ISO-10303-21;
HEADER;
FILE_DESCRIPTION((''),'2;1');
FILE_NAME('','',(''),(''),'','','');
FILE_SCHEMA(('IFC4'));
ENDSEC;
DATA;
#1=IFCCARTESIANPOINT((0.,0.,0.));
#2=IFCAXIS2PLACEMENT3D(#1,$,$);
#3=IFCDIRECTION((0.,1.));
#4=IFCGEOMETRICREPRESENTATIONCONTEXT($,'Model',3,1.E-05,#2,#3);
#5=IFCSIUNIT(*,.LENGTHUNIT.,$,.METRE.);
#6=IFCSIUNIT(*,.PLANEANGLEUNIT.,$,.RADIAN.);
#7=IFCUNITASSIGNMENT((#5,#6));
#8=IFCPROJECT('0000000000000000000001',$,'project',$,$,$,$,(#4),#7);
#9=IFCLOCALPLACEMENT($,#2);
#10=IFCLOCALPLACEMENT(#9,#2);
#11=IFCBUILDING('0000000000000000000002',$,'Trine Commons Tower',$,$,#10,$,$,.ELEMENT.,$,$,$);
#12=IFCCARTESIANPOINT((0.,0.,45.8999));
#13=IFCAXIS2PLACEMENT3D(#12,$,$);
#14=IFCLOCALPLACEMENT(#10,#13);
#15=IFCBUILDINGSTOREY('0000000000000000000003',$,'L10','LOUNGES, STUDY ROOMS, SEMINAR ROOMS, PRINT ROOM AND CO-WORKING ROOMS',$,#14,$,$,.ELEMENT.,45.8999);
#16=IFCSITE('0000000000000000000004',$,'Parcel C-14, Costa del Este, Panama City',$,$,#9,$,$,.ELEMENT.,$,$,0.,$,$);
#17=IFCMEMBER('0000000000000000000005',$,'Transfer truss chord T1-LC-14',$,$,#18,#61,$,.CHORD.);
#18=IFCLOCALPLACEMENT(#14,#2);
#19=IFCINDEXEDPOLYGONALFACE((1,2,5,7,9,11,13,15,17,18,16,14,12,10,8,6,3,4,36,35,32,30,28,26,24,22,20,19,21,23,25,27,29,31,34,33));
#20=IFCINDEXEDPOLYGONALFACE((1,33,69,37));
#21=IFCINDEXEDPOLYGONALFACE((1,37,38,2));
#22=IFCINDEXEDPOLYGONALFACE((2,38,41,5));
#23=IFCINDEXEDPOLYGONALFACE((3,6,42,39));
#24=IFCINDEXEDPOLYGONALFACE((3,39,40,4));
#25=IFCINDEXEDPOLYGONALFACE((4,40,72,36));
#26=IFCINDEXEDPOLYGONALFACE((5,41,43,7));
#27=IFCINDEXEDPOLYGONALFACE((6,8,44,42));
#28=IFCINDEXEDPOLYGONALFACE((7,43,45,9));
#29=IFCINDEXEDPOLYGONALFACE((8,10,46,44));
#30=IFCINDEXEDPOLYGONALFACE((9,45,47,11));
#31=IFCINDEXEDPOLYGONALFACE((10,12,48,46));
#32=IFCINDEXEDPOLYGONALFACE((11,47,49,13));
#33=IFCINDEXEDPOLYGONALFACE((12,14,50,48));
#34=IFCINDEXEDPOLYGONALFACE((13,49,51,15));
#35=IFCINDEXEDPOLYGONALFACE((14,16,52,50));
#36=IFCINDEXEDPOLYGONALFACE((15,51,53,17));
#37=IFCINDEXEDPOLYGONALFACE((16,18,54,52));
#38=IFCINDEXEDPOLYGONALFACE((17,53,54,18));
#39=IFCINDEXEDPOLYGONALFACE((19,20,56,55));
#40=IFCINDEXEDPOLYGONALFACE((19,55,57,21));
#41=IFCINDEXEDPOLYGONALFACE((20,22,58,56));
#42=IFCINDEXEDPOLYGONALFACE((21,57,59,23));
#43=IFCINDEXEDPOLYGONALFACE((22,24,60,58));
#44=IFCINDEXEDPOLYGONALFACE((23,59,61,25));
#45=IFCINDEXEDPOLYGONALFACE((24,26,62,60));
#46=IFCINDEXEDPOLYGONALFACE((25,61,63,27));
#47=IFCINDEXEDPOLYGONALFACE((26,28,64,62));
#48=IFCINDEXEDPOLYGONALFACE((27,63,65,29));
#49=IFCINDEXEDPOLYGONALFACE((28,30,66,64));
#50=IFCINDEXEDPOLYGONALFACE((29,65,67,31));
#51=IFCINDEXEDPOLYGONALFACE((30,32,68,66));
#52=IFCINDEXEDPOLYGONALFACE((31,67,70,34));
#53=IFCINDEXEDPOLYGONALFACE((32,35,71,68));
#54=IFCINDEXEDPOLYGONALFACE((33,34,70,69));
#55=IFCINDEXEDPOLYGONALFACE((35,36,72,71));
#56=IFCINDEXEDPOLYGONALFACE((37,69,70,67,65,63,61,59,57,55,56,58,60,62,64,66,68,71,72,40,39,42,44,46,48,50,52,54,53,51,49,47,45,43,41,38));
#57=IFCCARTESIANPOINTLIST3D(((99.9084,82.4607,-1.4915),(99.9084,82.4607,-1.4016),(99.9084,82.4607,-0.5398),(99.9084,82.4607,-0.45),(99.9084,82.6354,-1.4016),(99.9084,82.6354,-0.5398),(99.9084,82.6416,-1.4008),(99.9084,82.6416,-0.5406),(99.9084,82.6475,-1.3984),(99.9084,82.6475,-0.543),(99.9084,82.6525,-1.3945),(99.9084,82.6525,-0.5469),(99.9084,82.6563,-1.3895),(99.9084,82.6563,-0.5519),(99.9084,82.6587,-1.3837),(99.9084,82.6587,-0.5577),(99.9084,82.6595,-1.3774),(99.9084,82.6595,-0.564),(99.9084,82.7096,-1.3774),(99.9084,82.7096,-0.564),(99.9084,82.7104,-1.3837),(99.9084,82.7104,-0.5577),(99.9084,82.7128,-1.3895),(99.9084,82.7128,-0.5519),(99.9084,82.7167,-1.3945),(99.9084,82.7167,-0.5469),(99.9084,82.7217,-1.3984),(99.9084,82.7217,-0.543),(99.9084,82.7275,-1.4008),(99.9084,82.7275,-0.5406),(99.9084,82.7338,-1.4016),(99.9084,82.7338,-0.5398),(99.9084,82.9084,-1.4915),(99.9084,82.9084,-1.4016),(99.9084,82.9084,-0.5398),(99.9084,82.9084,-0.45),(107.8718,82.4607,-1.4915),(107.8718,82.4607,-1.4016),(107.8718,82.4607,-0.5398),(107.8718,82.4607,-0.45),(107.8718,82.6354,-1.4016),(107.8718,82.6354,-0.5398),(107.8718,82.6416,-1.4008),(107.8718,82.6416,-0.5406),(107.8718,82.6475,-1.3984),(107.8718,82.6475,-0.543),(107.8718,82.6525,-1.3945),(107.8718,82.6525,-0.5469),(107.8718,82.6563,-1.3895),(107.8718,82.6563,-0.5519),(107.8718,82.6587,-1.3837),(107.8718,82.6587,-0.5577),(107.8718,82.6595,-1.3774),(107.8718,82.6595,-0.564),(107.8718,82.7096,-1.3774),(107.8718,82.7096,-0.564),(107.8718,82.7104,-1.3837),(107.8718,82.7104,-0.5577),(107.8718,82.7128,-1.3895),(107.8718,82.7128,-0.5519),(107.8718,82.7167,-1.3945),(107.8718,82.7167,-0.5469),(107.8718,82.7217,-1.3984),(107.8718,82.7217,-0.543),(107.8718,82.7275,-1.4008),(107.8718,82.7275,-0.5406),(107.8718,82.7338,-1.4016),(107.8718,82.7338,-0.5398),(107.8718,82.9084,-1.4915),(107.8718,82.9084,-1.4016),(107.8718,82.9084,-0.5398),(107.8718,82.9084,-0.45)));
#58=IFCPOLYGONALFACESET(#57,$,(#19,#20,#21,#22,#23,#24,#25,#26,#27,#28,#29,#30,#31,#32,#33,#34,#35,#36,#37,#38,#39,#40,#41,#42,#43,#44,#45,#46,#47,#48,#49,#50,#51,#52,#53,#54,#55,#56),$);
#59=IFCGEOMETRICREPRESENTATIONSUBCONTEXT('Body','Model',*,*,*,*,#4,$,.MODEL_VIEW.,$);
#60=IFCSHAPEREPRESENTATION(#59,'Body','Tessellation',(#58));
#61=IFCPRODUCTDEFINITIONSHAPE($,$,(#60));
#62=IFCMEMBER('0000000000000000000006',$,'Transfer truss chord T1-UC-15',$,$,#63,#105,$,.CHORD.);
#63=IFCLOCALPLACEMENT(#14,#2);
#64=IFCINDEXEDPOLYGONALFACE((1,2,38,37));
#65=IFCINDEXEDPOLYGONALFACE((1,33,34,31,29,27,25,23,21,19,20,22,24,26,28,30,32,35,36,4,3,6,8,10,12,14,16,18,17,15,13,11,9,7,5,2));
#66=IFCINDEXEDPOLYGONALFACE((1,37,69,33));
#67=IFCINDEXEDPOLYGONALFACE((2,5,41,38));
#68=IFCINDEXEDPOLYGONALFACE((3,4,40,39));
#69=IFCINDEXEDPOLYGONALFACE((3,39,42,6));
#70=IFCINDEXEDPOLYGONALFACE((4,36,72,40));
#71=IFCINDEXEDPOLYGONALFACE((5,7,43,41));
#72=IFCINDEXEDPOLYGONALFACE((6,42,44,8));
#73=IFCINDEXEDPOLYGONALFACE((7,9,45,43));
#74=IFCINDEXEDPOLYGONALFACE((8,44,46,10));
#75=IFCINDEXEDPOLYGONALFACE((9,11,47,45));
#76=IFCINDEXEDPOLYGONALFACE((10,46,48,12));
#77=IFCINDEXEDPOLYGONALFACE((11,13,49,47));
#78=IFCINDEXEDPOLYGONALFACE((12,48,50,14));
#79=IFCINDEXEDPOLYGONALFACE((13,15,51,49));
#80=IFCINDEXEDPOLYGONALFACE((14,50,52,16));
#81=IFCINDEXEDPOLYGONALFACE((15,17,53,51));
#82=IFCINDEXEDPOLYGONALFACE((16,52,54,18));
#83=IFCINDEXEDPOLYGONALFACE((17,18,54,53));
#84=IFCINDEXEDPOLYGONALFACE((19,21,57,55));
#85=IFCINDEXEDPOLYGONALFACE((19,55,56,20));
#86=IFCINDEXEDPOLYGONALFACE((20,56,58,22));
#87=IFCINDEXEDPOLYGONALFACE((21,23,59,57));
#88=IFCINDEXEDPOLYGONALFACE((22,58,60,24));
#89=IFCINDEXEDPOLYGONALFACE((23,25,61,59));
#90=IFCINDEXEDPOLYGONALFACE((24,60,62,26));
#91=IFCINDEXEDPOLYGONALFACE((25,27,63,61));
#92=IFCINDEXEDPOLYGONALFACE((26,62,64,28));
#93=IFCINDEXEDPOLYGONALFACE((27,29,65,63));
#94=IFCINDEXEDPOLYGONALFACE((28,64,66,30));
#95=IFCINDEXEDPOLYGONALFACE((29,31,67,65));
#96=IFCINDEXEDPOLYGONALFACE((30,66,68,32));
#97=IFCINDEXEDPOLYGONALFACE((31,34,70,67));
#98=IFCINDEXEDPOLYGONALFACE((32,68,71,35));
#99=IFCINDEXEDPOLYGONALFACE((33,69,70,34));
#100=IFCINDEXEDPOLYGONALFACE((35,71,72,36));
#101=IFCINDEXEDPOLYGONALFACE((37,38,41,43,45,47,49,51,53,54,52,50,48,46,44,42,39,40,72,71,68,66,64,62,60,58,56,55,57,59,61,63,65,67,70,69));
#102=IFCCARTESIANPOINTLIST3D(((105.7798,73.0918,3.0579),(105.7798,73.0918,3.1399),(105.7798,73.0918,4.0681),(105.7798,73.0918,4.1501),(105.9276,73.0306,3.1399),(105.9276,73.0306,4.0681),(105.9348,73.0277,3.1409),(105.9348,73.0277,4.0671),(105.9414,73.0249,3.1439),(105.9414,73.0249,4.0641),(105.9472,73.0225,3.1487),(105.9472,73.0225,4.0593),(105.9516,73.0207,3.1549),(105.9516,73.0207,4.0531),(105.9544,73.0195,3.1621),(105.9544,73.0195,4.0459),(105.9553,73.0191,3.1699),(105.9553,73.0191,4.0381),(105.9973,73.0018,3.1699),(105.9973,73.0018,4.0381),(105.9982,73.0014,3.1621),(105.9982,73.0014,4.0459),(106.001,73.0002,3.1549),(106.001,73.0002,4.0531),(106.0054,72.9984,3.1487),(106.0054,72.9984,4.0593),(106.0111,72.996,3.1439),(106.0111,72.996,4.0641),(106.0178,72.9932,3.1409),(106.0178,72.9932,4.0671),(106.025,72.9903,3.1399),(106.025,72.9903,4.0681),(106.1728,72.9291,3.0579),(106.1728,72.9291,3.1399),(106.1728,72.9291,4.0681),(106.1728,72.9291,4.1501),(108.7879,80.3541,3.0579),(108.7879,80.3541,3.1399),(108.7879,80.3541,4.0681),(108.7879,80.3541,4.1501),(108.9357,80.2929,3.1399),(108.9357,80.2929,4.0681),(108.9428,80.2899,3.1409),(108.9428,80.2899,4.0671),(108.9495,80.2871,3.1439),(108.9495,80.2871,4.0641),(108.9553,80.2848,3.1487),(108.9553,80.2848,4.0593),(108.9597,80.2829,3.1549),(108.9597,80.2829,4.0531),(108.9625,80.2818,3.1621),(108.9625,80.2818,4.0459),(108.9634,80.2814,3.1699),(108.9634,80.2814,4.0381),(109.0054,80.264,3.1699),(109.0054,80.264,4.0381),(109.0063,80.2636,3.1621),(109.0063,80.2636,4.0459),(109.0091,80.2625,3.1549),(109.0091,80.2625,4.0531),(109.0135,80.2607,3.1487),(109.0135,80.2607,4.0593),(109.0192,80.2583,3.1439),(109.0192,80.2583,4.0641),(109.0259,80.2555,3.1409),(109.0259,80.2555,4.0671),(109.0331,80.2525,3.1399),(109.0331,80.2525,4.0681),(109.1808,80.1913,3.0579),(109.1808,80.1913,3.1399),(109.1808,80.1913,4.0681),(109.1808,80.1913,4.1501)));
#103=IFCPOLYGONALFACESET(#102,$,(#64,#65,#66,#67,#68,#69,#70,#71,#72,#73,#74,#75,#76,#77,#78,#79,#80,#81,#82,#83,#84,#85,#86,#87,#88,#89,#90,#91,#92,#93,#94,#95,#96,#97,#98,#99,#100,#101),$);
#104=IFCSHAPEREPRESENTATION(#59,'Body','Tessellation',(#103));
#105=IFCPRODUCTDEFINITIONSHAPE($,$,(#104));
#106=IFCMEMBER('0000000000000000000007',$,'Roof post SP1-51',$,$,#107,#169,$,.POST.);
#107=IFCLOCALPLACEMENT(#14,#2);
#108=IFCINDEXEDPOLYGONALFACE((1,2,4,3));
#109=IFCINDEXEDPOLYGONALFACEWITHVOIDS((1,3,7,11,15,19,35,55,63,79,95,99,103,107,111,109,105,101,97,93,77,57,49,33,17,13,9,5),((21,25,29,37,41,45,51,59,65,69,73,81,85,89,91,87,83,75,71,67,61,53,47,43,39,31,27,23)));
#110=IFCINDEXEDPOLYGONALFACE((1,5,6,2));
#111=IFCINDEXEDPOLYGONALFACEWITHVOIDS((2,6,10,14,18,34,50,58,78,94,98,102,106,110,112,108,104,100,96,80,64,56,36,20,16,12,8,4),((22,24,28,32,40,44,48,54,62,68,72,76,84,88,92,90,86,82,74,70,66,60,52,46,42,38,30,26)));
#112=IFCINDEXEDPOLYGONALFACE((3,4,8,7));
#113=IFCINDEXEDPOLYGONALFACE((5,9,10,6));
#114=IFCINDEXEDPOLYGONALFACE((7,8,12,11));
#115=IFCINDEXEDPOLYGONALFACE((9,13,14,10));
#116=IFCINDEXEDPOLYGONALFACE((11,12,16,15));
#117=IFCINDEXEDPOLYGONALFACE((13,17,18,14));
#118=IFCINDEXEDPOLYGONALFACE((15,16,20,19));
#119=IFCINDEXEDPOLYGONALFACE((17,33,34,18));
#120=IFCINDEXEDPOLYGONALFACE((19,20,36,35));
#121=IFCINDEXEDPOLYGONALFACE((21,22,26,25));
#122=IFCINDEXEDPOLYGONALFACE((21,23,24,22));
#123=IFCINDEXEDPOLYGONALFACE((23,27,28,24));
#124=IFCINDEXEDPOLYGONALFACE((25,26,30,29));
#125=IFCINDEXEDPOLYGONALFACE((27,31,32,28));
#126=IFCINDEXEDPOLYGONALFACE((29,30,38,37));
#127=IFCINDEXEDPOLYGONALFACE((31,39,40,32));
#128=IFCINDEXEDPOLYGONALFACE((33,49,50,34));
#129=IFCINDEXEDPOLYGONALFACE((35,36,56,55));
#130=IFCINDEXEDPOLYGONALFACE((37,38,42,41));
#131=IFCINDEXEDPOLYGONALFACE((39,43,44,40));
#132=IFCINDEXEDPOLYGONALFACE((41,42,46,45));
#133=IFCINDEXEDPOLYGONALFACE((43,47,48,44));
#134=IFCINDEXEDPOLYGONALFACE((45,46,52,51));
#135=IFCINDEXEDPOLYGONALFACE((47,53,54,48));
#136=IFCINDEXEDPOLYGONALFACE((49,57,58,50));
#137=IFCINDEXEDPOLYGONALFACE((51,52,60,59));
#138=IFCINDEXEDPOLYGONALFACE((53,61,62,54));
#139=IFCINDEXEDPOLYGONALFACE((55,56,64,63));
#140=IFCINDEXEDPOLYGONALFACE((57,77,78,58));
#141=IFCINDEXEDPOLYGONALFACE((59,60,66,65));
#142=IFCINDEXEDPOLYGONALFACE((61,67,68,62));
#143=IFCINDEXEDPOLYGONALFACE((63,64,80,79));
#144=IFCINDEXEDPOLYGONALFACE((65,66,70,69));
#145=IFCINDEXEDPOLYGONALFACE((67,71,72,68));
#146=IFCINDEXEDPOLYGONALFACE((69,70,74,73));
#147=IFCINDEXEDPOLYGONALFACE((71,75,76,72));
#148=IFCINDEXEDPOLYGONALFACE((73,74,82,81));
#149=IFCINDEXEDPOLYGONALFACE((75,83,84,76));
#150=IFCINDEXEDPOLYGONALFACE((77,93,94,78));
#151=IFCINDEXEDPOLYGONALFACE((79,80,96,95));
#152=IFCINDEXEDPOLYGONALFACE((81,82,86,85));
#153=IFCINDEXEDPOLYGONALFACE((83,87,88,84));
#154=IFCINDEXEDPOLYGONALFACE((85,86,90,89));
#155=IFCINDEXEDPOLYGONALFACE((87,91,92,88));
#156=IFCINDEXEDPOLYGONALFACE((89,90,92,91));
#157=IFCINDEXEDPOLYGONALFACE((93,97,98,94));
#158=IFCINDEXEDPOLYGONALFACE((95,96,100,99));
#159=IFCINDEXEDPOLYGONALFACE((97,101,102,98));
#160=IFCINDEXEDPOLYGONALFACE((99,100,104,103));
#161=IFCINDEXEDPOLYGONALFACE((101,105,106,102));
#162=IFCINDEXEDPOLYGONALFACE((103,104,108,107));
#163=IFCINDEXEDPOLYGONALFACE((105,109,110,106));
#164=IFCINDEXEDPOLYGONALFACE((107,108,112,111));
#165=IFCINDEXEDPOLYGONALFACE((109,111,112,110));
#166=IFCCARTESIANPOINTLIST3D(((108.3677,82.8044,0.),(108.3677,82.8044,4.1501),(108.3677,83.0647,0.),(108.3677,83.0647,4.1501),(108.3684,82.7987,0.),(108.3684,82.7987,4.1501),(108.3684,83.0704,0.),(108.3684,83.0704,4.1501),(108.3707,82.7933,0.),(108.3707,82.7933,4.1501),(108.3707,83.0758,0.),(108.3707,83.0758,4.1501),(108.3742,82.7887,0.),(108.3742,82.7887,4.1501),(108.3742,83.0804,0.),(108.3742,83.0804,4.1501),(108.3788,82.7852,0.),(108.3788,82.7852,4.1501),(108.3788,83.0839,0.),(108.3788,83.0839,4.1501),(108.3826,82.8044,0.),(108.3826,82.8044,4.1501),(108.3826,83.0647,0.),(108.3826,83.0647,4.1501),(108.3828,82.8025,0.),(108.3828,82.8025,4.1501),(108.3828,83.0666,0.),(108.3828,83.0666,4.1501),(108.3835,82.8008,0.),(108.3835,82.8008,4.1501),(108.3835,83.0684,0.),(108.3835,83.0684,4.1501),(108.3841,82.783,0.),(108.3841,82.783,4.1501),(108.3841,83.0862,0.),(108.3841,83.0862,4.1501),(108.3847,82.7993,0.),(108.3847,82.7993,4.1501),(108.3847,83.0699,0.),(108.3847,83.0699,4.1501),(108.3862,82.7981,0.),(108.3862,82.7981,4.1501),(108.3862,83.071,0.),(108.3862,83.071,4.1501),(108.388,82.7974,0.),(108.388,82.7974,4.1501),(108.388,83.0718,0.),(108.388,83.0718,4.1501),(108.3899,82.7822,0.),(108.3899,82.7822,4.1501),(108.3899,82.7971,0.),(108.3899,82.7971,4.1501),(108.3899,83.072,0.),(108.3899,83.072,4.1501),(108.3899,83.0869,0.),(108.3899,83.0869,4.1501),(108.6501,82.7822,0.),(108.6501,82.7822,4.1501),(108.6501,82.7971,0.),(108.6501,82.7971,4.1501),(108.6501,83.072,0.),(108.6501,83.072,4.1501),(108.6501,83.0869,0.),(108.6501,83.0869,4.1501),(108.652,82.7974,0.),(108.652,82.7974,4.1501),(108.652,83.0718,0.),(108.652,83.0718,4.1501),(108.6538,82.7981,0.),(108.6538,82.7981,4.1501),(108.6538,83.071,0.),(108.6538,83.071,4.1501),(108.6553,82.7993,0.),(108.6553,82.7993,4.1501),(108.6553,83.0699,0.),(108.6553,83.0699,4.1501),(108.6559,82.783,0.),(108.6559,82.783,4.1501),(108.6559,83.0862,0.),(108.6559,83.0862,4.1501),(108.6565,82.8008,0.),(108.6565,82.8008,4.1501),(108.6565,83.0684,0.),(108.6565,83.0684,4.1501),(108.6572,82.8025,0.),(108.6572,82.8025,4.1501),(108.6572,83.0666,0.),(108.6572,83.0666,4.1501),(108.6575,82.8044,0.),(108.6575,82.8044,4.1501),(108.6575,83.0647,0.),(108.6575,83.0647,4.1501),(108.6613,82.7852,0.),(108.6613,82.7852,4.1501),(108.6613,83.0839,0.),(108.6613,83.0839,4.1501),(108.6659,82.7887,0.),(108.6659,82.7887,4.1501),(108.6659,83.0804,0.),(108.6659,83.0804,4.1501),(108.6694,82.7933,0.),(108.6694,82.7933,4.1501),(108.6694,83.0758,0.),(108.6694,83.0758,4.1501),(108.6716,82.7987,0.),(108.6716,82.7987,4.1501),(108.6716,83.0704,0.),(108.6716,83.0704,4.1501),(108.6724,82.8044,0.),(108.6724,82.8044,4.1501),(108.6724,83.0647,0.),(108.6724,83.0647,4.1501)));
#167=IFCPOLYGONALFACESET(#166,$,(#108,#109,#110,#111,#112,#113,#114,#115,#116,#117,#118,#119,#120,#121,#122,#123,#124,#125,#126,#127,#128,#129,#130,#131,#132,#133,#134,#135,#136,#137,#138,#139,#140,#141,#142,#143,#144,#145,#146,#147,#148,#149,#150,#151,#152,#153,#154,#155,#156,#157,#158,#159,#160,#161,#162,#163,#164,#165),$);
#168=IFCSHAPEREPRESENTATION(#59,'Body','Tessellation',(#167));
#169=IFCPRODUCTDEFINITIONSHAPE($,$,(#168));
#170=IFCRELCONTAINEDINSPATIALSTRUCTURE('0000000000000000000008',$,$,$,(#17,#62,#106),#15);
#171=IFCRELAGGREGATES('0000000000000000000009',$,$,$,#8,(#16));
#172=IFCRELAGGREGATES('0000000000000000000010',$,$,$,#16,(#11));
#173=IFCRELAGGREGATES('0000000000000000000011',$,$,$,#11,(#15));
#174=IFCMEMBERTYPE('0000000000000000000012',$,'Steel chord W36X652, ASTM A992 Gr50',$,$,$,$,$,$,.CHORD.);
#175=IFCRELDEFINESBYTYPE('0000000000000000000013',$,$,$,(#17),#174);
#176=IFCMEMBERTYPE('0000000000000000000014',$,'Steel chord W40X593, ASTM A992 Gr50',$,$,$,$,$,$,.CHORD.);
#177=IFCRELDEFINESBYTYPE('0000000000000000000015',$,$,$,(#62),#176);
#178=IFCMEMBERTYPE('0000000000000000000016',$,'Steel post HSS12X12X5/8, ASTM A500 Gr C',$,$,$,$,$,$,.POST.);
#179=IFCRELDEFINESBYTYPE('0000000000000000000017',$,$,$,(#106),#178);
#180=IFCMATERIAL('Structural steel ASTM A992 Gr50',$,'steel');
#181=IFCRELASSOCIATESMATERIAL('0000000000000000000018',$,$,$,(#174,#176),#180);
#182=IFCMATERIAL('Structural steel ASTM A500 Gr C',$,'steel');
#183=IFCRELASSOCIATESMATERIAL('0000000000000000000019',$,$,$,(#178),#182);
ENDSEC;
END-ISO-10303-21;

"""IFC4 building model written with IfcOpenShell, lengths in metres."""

from ifc_helpers import new_model, si_unit, direction, frame, origin, origin_2d, place, context, subcontext, project, spatial, hollow_rectangle, i_section, extrude, material, material_profile, profile_set, type_object, element, save


model = new_model("IFC4")

# Units and contexts
model_context = context("Model", 3, precision=1e-05, world=origin(), true_north=direction((0.0, 1.0)))
body_context = subcontext(model_context, "Body", "Model", "MODEL_VIEW")
ifc_project = project(units=[si_unit("LENGTHUNIT", "METRE"), si_unit("PLANEANGLEUNIT", "RADIAN")], contexts=[model_context])

# Site, building, storey
site_placement = place(None, origin())
site = spatial("IfcSite", under=ifc_project, at=site_placement, Name="Parcel C-14, Costa del Este, Panama City", CompositionType="ELEMENT", RefElevation=0.0)
building_placement = place(site_placement, origin())
building = spatial("IfcBuilding", under=site, at=building_placement, Name="Trine Commons Tower", CompositionType="ELEMENT")
storey_placement = place(building_placement, frame((0.0, 0.0, 45.8999)))
storey = spatial("IfcBuildingStorey", under=building, at=storey_placement, Name="L10", Description="LOUNGES, STUDY ROOMS, SEMINAR ROOMS, PRINT ROOM AND CO-WORKING ROOMS", CompositionType="ELEMENT", Elevation=45.8999)

# Shared definitions
ifc_material_1 = material(Name="Structural steel ASTM A992 Gr50", Category="steel")

# Members
ifc_material_profile_1 = material_profile(ifc_material_1, i_section(OverallWidth=0.4478, OverallDepth=1.0415, WebThickness=0.05, FlangeThickness=0.0898, FilletRadius=0.0242, at=origin_2d()), Name="W36X652")
ifc_profile_set_1 = profile_set([ifc_material_profile_1], Name="Structural steel ASTM A992 Gr50")
member_type_1 = type_object("IfcMemberType", Name="Steel chord W36X652, ASTM A992 Gr50", PredefinedType="CHORD", material=ifc_profile_set_1)
member_1_placement = place(storey_placement, frame((99.9084, 82.6846, -0.9707), z_axis=(1.0, 0.0, 0.0), x_axis=(0.0, 1.0, 0.0)))
element("IfcMember", 1, at=member_1_placement, inside=storey, type_object=member_type_1, Name="Transfer truss chord T1-LC-14", PredefinedType="CHORD", context=body_context, shape_type="SweptSolid", body=[
    extrude(i_section(OverallWidth=0.4478, OverallDepth=1.0415, WebThickness=0.05, FlangeThickness=0.0898, FilletRadius=0.0242, at=origin_2d()), origin(), (0.0, 0.0, 1.0), 7.9634),
])
ifc_material_profile_2 = material_profile(ifc_material_1, i_section(OverallWidth=0.4253, OverallDepth=1.0923, WebThickness=0.0454, FlangeThickness=0.082, FilletRadius=0.03, at=origin_2d()), Name="W40X593")
ifc_profile_set_2 = profile_set([ifc_material_profile_2], Name="Structural steel ASTM A992 Gr50")
member_type_2 = type_object("IfcMemberType", Name="Steel chord W40X593, ASTM A992 Gr50", PredefinedType="CHORD", material=ifc_profile_set_2)
member_2_placement = place(storey_placement, frame((108.9844, 80.2727, 3.604), z_axis=(-0.382678, -0.923882, 0.0), x_axis=(0.923882, -0.382678, 0.0)))
element("IfcMember", 2, at=member_2_placement, inside=storey, type_object=member_type_2, Name="Transfer truss chord T1-UC-15", PredefinedType="CHORD", context=body_context, shape_type="SweptSolid", body=[
    extrude(i_section(OverallWidth=0.4253, OverallDepth=1.0923, WebThickness=0.0454, FlangeThickness=0.082, FilletRadius=0.03, at=origin_2d()), origin(), (0.0, 0.0, 1.0), 7.8606),
])
ifc_material_2 = material(Name="Structural steel ASTM A500 Gr C", Category="steel")
ifc_material_profile_3 = material_profile(ifc_material_2, hollow_rectangle(XDim=0.3047, YDim=0.3047, WallThickness=0.0149, InnerFilletRadius=0.0073, OuterFilletRadius=0.0222, at=origin_2d()), Name="HSS12X12X5/8")
ifc_profile_set_3 = profile_set([ifc_material_profile_3], Name="Structural steel ASTM A500 Gr C")
member_type_3 = type_object("IfcMemberType", Name="Steel post HSS12X12X5/8, ASTM A500 Gr C", PredefinedType="POST", material=ifc_profile_set_3)
for number, where, z_axis, x_axis, name in (
    (3, (108.52, 82.9346, 0.0), (0.0, 0.0, 1.0), (1.0, 0.0, 0.0), "Roof post SP1-51"),
):
    element("IfcMember", number, at=place(storey_placement, frame(where, z_axis=z_axis, x_axis=x_axis)), inside=storey, type_object=member_type_3, Name=name, PredefinedType="POST", context=body_context, shape_type="SweptSolid", body=[
        extrude(hollow_rectangle(XDim=0.3047, YDim=0.3047, WallThickness=0.0149, InnerFilletRadius=0.0073, OuterFilletRadius=0.0222, at=origin_2d()), origin(), (0.0, 0.0, 1.0), 4.1501),
    ])

save(model, "model.ifc")
